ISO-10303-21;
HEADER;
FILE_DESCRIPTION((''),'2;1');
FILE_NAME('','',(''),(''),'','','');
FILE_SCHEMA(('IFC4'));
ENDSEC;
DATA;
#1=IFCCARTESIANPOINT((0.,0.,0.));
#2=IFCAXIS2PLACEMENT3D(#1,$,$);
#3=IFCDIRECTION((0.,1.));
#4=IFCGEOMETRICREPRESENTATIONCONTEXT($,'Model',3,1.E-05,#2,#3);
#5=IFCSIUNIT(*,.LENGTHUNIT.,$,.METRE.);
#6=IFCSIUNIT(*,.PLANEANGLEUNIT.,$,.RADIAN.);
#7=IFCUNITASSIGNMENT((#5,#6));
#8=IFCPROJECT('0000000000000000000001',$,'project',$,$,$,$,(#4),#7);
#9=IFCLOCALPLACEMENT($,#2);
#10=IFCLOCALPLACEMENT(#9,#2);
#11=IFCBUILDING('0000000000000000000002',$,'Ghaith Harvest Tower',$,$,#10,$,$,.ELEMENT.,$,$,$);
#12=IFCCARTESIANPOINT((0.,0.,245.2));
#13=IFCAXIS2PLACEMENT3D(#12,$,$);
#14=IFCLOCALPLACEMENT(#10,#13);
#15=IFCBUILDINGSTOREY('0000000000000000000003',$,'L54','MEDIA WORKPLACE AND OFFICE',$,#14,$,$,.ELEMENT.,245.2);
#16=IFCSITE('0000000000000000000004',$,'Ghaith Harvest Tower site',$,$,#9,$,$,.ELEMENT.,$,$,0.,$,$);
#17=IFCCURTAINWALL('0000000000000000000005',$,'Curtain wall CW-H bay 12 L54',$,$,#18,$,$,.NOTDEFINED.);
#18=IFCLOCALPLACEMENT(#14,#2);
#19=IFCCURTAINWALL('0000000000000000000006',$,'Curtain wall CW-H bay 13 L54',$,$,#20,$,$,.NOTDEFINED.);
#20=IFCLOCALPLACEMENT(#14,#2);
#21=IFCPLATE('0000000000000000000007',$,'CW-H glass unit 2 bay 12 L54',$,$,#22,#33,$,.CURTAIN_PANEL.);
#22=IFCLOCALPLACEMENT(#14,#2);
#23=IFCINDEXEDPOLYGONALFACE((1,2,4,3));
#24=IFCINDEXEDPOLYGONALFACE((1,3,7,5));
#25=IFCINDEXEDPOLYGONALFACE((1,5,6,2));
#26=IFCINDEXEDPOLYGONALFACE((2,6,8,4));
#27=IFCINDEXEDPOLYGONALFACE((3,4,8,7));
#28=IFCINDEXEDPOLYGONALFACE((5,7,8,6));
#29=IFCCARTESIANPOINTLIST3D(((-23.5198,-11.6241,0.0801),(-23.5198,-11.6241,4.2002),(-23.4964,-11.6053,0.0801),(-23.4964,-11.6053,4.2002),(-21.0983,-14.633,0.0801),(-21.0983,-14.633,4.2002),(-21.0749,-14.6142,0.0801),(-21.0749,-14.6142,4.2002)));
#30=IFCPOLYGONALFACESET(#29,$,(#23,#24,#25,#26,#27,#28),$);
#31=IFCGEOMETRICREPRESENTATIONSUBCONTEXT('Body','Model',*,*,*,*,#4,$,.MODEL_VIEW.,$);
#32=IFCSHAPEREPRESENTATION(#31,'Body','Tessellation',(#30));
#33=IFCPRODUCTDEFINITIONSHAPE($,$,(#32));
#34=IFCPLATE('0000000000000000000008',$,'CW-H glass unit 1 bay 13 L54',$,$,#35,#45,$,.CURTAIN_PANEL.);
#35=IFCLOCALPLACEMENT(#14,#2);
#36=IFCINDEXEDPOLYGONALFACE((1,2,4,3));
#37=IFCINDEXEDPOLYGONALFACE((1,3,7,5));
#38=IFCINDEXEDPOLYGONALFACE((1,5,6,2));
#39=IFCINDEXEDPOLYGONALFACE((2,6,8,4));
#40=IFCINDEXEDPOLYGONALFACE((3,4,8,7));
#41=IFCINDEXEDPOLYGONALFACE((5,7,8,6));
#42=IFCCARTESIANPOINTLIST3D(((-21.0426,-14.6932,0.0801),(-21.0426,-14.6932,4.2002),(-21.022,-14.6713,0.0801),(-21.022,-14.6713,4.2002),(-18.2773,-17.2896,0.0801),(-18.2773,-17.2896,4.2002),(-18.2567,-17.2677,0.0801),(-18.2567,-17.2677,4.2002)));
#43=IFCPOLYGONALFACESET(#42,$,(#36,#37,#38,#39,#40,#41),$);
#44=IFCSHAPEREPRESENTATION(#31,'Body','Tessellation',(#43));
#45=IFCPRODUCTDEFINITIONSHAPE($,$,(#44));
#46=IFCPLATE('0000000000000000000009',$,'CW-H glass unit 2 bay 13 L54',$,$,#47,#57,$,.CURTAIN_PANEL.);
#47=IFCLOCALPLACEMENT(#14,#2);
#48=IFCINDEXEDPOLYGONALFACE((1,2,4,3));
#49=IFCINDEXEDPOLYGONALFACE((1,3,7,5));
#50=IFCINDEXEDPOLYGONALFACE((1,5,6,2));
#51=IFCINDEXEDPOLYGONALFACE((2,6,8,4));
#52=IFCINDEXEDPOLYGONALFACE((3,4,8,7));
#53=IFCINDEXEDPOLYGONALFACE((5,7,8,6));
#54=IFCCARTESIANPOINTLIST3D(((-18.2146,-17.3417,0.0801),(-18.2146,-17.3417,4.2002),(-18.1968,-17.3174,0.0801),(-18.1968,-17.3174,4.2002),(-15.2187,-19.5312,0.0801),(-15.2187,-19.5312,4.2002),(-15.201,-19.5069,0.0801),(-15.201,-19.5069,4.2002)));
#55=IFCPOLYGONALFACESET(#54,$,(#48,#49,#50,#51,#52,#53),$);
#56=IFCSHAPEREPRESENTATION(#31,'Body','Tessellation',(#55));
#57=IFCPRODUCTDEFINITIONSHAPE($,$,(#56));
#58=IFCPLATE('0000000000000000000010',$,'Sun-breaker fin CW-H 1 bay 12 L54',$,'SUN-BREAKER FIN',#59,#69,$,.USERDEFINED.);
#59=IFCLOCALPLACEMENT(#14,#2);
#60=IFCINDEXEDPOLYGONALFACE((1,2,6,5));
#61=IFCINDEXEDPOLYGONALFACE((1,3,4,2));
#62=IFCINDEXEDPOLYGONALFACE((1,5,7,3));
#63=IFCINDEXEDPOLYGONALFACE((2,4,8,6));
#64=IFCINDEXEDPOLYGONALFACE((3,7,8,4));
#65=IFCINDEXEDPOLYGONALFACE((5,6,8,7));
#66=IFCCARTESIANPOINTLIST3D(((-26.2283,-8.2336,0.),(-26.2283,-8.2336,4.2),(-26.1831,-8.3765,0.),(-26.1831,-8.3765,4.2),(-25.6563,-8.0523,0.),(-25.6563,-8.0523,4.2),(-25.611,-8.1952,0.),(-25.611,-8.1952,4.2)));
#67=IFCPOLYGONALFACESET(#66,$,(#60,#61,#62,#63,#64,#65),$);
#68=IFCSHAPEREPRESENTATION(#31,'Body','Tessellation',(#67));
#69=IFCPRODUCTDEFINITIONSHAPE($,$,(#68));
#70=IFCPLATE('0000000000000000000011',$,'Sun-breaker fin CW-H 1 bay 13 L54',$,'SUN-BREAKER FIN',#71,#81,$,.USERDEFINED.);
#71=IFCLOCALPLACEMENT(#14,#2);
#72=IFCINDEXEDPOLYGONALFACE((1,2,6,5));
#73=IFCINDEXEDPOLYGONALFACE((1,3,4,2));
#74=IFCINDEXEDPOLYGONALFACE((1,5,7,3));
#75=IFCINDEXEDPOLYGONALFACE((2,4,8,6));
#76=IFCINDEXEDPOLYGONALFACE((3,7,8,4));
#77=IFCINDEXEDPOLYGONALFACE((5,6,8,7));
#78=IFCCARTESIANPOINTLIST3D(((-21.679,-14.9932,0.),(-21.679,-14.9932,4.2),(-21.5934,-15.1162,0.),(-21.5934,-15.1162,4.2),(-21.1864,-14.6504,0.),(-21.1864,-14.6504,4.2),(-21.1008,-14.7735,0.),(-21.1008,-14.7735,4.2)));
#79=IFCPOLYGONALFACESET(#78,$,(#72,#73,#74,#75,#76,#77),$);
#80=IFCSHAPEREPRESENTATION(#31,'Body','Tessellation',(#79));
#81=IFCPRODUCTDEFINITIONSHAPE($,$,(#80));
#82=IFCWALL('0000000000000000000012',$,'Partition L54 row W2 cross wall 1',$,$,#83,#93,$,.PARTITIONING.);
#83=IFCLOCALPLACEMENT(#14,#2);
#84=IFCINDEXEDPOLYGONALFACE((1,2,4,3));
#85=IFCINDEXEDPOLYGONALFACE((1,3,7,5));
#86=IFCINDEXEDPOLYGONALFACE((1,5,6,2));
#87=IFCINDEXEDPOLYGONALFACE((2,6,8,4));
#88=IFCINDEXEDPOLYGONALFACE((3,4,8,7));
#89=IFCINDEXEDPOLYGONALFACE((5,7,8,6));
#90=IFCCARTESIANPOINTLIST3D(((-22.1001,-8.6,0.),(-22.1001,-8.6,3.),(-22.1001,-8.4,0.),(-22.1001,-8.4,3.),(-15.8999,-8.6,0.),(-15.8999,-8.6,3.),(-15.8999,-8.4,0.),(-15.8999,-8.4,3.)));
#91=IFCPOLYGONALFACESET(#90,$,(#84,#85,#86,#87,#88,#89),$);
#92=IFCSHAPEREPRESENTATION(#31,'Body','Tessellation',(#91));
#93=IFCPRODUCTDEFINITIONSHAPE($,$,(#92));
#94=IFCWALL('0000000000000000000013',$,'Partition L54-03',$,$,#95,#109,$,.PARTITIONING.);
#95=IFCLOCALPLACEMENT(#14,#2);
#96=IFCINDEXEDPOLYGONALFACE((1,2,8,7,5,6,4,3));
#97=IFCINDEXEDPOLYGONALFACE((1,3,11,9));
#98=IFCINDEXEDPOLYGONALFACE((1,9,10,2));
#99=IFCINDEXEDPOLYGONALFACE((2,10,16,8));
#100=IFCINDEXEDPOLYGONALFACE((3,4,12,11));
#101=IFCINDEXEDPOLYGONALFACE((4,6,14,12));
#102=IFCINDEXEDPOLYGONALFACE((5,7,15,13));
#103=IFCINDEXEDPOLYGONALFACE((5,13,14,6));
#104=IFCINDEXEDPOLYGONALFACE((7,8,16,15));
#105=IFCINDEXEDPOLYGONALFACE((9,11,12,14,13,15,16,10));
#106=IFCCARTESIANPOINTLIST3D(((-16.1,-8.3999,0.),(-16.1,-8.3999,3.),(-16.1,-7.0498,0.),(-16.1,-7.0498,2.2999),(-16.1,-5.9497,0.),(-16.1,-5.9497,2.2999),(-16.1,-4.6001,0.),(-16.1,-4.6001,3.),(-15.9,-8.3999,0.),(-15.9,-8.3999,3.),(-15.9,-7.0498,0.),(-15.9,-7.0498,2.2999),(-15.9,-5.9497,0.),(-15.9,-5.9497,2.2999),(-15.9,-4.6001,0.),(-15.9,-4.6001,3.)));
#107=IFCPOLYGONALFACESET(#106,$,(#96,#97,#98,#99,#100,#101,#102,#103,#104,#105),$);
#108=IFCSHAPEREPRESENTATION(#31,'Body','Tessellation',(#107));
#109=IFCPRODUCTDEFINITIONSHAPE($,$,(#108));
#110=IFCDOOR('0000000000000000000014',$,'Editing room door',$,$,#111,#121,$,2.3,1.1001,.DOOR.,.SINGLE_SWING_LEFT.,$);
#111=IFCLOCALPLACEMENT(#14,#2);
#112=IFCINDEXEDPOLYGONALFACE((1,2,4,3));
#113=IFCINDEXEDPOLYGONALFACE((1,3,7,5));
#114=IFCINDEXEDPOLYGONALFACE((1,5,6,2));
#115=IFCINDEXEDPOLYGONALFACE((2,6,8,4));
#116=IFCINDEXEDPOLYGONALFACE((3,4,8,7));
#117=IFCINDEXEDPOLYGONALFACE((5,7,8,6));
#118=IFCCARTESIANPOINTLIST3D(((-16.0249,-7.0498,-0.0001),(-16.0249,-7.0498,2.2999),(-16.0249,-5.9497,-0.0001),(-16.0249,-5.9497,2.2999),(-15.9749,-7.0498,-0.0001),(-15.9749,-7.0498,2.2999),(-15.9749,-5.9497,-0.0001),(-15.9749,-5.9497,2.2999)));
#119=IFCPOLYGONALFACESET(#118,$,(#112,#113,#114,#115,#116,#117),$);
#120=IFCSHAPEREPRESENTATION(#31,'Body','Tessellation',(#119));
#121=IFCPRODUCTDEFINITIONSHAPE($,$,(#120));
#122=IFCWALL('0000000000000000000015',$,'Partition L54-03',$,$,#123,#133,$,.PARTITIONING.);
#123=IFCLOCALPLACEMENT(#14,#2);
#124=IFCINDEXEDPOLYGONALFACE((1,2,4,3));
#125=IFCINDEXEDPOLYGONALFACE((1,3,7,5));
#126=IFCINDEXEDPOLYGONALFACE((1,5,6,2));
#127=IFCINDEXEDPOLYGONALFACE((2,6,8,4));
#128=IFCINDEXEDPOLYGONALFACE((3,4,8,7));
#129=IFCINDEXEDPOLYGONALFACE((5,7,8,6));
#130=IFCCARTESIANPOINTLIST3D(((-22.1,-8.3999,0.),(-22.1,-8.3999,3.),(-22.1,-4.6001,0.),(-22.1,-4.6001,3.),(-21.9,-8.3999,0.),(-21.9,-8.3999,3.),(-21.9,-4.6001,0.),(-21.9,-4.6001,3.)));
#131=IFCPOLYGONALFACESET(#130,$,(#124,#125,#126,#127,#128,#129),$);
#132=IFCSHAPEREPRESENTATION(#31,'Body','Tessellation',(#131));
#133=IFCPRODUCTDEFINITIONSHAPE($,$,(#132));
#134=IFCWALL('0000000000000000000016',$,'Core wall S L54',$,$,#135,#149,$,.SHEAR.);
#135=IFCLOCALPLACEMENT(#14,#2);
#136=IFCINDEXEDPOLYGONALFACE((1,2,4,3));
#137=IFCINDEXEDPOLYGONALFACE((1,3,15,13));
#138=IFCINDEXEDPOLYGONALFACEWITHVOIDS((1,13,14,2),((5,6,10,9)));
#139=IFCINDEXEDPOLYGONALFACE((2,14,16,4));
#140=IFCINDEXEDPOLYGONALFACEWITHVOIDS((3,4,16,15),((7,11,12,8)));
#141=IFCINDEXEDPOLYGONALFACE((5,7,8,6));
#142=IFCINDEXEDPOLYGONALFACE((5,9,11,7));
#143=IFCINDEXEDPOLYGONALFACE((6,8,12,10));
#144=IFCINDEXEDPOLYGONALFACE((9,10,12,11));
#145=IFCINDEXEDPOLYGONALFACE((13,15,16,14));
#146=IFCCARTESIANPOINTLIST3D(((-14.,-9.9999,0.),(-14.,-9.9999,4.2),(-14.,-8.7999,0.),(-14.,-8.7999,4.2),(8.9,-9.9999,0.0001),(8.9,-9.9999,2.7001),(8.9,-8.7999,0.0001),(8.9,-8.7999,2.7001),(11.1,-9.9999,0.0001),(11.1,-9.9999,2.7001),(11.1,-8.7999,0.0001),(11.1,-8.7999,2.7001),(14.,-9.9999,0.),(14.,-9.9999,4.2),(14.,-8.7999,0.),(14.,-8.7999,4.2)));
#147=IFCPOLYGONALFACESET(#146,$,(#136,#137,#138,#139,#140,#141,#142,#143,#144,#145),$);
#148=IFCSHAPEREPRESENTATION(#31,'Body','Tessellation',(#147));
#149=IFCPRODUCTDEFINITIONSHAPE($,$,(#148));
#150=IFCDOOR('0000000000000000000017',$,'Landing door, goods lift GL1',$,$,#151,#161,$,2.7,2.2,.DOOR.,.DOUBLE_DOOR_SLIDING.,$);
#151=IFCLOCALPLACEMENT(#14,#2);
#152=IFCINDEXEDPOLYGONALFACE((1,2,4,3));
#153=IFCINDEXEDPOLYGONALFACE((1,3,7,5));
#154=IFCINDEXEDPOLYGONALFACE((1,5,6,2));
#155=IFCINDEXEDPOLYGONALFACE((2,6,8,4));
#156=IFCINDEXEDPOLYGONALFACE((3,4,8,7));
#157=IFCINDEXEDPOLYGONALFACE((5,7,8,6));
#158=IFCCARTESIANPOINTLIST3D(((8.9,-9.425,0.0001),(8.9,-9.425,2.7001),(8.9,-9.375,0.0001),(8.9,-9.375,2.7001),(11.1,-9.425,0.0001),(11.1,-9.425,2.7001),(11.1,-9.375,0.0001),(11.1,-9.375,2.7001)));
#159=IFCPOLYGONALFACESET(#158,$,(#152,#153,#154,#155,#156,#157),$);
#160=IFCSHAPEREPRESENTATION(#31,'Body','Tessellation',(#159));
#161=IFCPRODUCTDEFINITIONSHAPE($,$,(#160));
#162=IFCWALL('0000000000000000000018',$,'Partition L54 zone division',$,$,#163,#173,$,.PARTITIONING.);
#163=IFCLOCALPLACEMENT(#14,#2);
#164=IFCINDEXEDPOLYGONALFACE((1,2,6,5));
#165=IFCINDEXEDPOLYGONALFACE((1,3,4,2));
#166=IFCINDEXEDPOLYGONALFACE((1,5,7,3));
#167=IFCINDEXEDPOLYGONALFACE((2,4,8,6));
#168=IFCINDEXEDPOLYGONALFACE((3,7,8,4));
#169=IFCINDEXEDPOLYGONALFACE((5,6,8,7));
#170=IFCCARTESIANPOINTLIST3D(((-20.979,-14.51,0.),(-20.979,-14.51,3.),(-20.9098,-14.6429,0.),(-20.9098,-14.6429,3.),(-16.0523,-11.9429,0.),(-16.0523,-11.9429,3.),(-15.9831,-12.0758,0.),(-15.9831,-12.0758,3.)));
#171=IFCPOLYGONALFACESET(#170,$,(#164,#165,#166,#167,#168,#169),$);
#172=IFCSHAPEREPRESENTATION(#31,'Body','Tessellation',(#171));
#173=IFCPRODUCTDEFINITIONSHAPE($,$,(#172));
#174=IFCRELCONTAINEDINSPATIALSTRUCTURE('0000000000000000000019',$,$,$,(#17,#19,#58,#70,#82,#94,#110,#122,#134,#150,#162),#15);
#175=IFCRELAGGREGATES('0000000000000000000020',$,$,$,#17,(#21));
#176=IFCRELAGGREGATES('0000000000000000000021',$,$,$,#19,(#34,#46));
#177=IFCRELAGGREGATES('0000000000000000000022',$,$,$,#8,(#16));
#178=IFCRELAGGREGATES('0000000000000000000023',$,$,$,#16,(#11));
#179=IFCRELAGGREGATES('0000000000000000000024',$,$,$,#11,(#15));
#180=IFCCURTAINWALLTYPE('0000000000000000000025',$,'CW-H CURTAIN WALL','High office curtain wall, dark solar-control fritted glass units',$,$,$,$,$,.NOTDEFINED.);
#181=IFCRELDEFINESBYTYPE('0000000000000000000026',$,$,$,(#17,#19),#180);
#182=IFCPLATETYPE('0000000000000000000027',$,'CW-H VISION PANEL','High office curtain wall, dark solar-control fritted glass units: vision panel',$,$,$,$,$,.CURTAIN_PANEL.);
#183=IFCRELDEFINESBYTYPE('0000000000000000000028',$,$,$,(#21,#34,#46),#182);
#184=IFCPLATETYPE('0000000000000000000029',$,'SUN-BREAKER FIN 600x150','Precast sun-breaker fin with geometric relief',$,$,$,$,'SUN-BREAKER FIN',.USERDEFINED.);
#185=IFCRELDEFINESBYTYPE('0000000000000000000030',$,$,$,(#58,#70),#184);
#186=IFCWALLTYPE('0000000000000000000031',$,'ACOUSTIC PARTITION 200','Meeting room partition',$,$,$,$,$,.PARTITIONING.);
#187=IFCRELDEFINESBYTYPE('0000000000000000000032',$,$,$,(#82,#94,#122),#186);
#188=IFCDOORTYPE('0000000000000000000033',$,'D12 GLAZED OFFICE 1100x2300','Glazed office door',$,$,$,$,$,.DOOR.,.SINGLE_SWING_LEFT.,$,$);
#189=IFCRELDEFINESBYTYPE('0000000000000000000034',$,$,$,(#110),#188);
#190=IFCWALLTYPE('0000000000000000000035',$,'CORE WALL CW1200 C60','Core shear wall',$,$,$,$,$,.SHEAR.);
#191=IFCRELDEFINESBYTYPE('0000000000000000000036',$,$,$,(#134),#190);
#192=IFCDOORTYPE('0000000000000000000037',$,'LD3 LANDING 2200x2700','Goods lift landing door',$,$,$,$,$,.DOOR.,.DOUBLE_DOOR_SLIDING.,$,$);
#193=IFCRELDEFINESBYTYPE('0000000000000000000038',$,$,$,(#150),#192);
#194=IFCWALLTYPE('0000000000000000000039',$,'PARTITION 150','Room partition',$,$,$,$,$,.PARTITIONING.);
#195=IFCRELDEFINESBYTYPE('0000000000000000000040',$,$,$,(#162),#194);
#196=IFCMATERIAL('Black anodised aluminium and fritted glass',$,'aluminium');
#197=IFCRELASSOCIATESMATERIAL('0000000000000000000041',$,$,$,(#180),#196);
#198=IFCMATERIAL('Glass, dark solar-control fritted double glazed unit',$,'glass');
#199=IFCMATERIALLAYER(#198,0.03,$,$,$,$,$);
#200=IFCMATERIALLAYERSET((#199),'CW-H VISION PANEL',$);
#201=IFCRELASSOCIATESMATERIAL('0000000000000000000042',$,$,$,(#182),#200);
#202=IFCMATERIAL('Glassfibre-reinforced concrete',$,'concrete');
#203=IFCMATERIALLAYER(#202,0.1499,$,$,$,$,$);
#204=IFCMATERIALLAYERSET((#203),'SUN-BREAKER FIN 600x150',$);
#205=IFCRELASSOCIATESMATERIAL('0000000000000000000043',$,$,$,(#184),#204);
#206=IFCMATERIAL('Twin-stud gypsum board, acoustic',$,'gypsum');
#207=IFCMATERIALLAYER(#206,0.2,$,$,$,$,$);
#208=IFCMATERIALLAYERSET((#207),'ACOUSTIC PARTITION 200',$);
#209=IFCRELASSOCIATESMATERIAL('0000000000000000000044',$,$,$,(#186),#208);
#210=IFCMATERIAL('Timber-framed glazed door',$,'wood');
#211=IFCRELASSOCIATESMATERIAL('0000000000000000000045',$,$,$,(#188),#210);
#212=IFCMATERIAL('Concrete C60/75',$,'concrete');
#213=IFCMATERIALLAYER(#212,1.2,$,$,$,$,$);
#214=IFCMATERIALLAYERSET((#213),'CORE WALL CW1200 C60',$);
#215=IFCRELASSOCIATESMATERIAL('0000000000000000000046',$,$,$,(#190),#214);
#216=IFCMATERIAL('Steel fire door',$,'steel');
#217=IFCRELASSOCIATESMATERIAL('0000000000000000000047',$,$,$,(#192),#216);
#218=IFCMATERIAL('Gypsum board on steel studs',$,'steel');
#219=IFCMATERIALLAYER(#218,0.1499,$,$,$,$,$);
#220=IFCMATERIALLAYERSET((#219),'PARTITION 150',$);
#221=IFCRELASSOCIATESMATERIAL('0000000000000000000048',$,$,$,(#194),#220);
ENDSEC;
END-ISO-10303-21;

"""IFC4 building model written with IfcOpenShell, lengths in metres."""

from ifc_helpers import new_model, si_unit, direction, frame, frame_2d, origin, origin_2d, place, context, subcontext, project, spatial, rectangle, extrude, material, layer, layer_set, type_object, element, fill, aggregate, save


model = new_model("IFC4")

# Units and contexts
model_context = context("Model", 3, precision=1e-05, world=origin(), true_north=direction((0.0, 1.0)))
body_context = subcontext(model_context, "Body", "Model", "MODEL_VIEW")
ifc_project = project(units=[si_unit("LENGTHUNIT", "METRE"), si_unit("PLANEANGLEUNIT", "RADIAN")], contexts=[model_context])

# Site, building, storey
site_placement = place(None, origin())
site = spatial("IfcSite", under=ifc_project, at=site_placement, Name="Ghaith Harvest Tower site", CompositionType="ELEMENT", RefElevation=0.0)
building_placement = place(site_placement, origin())
building = spatial("IfcBuilding", under=site, at=building_placement, Name="Ghaith Harvest Tower", CompositionType="ELEMENT")
storey_placement = place(building_placement, frame((0.0, 0.0, 245.2)))
storey = spatial("IfcBuildingStorey", under=building, at=storey_placement, Name="L54", Description="MEDIA WORKPLACE AND OFFICE", CompositionType="ELEMENT", Elevation=245.2)

# Curtain walls
ifc_material_1 = material(Name="Black anodised aluminium and fritted glass", Category="aluminium")
curtain_wall_type = type_object("IfcCurtainWallType", Name="CW-H CURTAIN WALL", Description="High office curtain wall, dark solar-control fritted glass units", PredefinedType="NOTDEFINED", material=ifc_material_1)
curtain_wall_1_placement = place(storey_placement, origin())
curtain_wall_1 = element("IfcCurtainWall", 1, at=curtain_wall_1_placement, inside=storey, type_object=curtain_wall_type, Name="Curtain wall CW-H bay 12 L54", PredefinedType="NOTDEFINED")
curtain_wall_2_placement = place(storey_placement, origin())
curtain_wall_2 = element("IfcCurtainWall", 2, at=curtain_wall_2_placement, inside=storey, type_object=curtain_wall_type, Name="Curtain wall CW-H bay 13 L54", PredefinedType="NOTDEFINED")

# Plates
ifc_material_2 = material(Name="Glass, dark solar-control fritted double glazed unit", Category="glass")
ifc_layer_1 = layer(ifc_material_2, 0.03)
ifc_layer_set_1 = layer_set([ifc_layer_1], Name="CW-H VISION PANEL")
plate_type_1 = type_object("IfcPlateType", Name="CW-H VISION PANEL", Description="High office curtain wall, dark solar-control fritted glass units: vision panel", PredefinedType="CURTAIN_PANEL", material=ifc_layer_set_1)
plate_1_placement = place(storey_placement, frame((-22.2974, -13.1191, 0.0801), z_axis=(0.0, 0.0, 1.0), x_axis=(0.626957, -0.779054, 0.0)))
plate_1 = element("IfcPlate", 3, at=plate_1_placement, type_object=plate_type_1, Name="CW-H glass unit 2 bay 12 L54", PredefinedType="CURTAIN_PANEL", context=body_context, shape_type="SweptSolid", body=[
    extrude(rectangle(XDim=3.8623, YDim=0.03, at=origin_2d()), origin(), (0.0, 0.0, 1.0), 4.1201),
])
aggregate(curtain_wall_1, [plate_1])
plate_2_placement = place(storey_placement, frame((-19.6497, -15.9805, 0.0801), z_axis=(0.0, 0.0, 1.0), x_axis=(0.729017, -0.684496, 0.0)))
plate_2 = element("IfcPlate", 4, at=plate_2_placement, type_object=plate_type_1, Name="CW-H glass unit 1 bay 13 L54", PredefinedType="CURTAIN_PANEL", context=body_context, shape_type="SweptSolid", body=[
    extrude(rectangle(XDim=3.7932, YDim=0.03, at=origin_2d()), origin(), (0.0, 0.0, 1.0), 4.1201),
])
plate_3_placement = place(storey_placement, frame((-16.7078, -18.4243, 0.0801), z_axis=(0.0, 0.0, 1.0), x_axis=(0.807364, -0.590054, 0.0)))
plate_3 = element("IfcPlate", 5, at=plate_3_placement, type_object=plate_type_1, Name="CW-H glass unit 2 bay 13 L54", PredefinedType="CURTAIN_PANEL", context=body_context, shape_type="SweptSolid", body=[
    extrude(rectangle(XDim=3.7107, YDim=0.03, at=origin_2d()), origin(), (0.0, 0.0, 1.0), 4.1201),
])
aggregate(curtain_wall_2, [plate_2, plate_3])

# Plates
ifc_material_3 = material(Name="Glassfibre-reinforced concrete", Category="concrete")
ifc_layer_2 = layer(ifc_material_3, 0.1499)
ifc_layer_set_2 = layer_set([ifc_layer_2], Name="SUN-BREAKER FIN 600x150")
plate_type_2 = type_object("IfcPlateType", Name="SUN-BREAKER FIN 600x150", Description="Precast sun-breaker fin with geometric relief", ElementType="SUN-BREAKER FIN", PredefinedType="USERDEFINED", material=ifc_layer_set_2)
for number, where, z_axis, x_axis, name in (
    (6, (-25.9197, -8.2144, 0.0), (0.0, 0.0, 1.0), (-0.953273, -0.30211, 0.0), "Sun-breaker fin CW-H 1 bay 12 L54"),
    (7, (-21.3899, -14.8833, 0.0), (0.0, 0.0, 1.0), (-0.820845, -0.57115, 0.0), "Sun-breaker fin CW-H 1 bay 13 L54"),
):
    element("IfcPlate", number, at=place(storey_placement, frame(where, z_axis=z_axis, x_axis=x_axis)), inside=storey, type_object=plate_type_2, Name=name, ObjectType="SUN-BREAKER FIN", PredefinedType="USERDEFINED", context=body_context, shape_type="SweptSolid", body=[
        extrude(rectangle(XDim=0.6001, YDim=0.1499, at=origin_2d()), origin(), (0.0, 0.0, 1.0), 4.2),
    ])

# Wall
ifc_material_4 = material(Name="Twin-stud gypsum board, acoustic", Category="gypsum")
ifc_layer_3 = layer(ifc_material_4, 0.2)
ifc_layer_set_3 = layer_set([ifc_layer_3], Name="ACOUSTIC PARTITION 200")
wall_type_1 = type_object("IfcWallType", Name="ACOUSTIC PARTITION 200", Description="Meeting room partition", PredefinedType="PARTITIONING", material=ifc_layer_set_3)
wall_1_placement = place(storey_placement, frame((-15.8999, -8.5, 0.0), z_axis=(0.0, 0.0, 1.0), x_axis=(-1.0, 0.0, 0.0)))
element("IfcWall", 8, at=wall_1_placement, inside=storey, type_object=wall_type_1, Name="Partition L54 row W2 cross wall 1", PredefinedType="PARTITIONING", context=body_context, shape_type="SweptSolid", body=[
    extrude(rectangle(XDim=6.2002, YDim=0.2, at=frame_2d((3.1001, 0.0))), origin(), (0.0, 0.0, 1.0), 3.0),
])

# Wall, opening, door
wall_2_placement = place(storey_placement, frame((-16.0, -8.3999, 0.0), z_axis=(0.0, 0.0, 1.0), x_axis=(0.0, 1.0, 0.0)))
wall_2 = element("IfcWall", 9, at=wall_2_placement, inside=storey, type_object=wall_type_1, Name="Partition L54-03", PredefinedType="PARTITIONING", context=body_context, shape_type="SweptSolid", body=[
    extrude(rectangle(XDim=3.7998, YDim=0.2, at=frame_2d((1.8999, 0.0))), origin(), (0.0, 0.0, 1.0), 3.0),
])
opening_1_placement = place(wall_2_placement, frame((1.3501, 0.0, 0.0)))
opening_1 = element("IfcOpeningElement", 10, at=opening_1_placement, cuts=wall_2, PredefinedType="OPENING", context=body_context, shape_type="SweptSolid", body=[
    extrude(rectangle(XDim=1.1001, YDim=2.3, at=frame_2d((0.55, 1.1499))), frame((0.0, 0.1099, 0.0), z_axis=(0.0, -1.0, 0.0), x_axis=(1.0, 0.0, 0.0)), (0.0, 0.0, 1.0), 0.22),
])
ifc_material_5 = material(Name="Timber-framed glazed door", Category="wood")
door_type_1 = type_object("IfcDoorType", Name="D12 GLAZED OFFICE 1100x2300", Description="Glazed office door", OperationType="SINGLE_SWING_LEFT", PredefinedType="DOOR", material=ifc_material_5)
door_1_placement = place(opening_1_placement, origin())
door_1 = element("IfcDoor", 11, at=door_1_placement, inside=storey, type_object=door_type_1, Name="Editing room door", OperationType="SINGLE_SWING_LEFT", OverallHeight=2.3, OverallWidth=1.1001, PredefinedType="DOOR", context=body_context, shape_type="SweptSolid", body=[
    extrude(rectangle(XDim=1.1001, YDim=2.3, at=frame_2d((0.55, 1.1499))), frame((0.0, 0.0249, 0.0), z_axis=(0.0, -1.0, 0.0), x_axis=(1.0, 0.0, 0.0)), (0.0, 0.0, 1.0), 0.05),
])
fill(opening_1, door_1)

# Wall
wall_3_placement = place(storey_placement, frame((-22.0, -8.3999, 0.0), z_axis=(0.0, 0.0, 1.0), x_axis=(0.0, 1.0, 0.0)))
element("IfcWall", 12, at=wall_3_placement, inside=storey, type_object=wall_type_1, Name="Partition L54-03", PredefinedType="PARTITIONING", context=body_context, shape_type="SweptSolid", body=[
    extrude(rectangle(XDim=3.7998, YDim=0.2, at=frame_2d((1.8999, 0.0))), origin(), (0.0, 0.0, 1.0), 3.0),
])

# Wall, opening, door
ifc_material_6 = material(Name="Concrete C60/75", Category="concrete")
ifc_layer_4 = layer(ifc_material_6, 1.2)
ifc_layer_set_4 = layer_set([ifc_layer_4], Name="CORE WALL CW1200 C60")
wall_type_2 = type_object("IfcWallType", Name="CORE WALL CW1200 C60", Description="Core shear wall", PredefinedType="SHEAR", material=ifc_layer_set_4)
wall_4_placement = place(storey_placement, frame((-14.0, -9.3999, 0.0), z_axis=(0.0, 0.0, 1.0), x_axis=(1.0, 0.0, 0.0)))
wall_4 = element("IfcWall", 13, at=wall_4_placement, inside=storey, type_object=wall_type_2, Name="Core wall S L54", PredefinedType="SHEAR", context=body_context, shape_type="SweptSolid", body=[
    extrude(rectangle(XDim=28.0, YDim=1.2, at=frame_2d((14.0, 0.0))), origin(), (0.0, 0.0, 1.0), 4.2),
])
opening_2_placement = place(wall_4_placement, frame((22.8999, 0.0, 0.0)))
opening_2 = element("IfcOpeningElement", 14, at=opening_2_placement, cuts=wall_4, PredefinedType="OPENING", context=body_context, shape_type="SweptSolid", body=[
    extrude(rectangle(XDim=2.2, YDim=2.7, at=frame_2d((1.1001, 1.3501))), frame((0.0, 0.6099, 0.0), z_axis=(0.0, -1.0, 0.0), x_axis=(1.0, 0.0, 0.0)), (0.0, 0.0, 1.0), 1.22),
])
ifc_material_7 = material(Name="Steel fire door", Category="steel")
door_type_2 = type_object("IfcDoorType", Name="LD3 LANDING 2200x2700", Description="Goods lift landing door", OperationType="DOUBLE_DOOR_SLIDING", PredefinedType="DOOR", material=ifc_material_7)
door_2_placement = place(opening_2_placement, origin())
door_2 = element("IfcDoor", 15, at=door_2_placement, inside=storey, type_object=door_type_2, Name="Landing door, goods lift GL1", OperationType="DOUBLE_DOOR_SLIDING", OverallHeight=2.7, OverallWidth=2.2, PredefinedType="DOOR", context=body_context, shape_type="SweptSolid", body=[
    extrude(rectangle(XDim=2.2, YDim=2.7, at=frame_2d((1.1001, 1.3501))), frame((0.0, 0.0249, 0.0), z_axis=(0.0, -1.0, 0.0), x_axis=(1.0, 0.0, 0.0)), (0.0, 0.0, 1.0), 0.05),
])
fill(opening_2, door_2)

# Wall
ifc_material_8 = material(Name="Gypsum board on steel studs", Category="steel")
ifc_layer_5 = layer(ifc_material_8, 0.1499)
ifc_layer_set_5 = layer_set([ifc_layer_5], Name="PARTITION 150")
wall_type_3 = type_object("IfcWallType", Name="PARTITION 150", Description="Room partition", PredefinedType="PARTITIONING", material=ifc_layer_set_5)
wall_5_placement = place(storey_placement, frame((-16.0176, -12.0093, 0.0), z_axis=(0.0, 0.0, 1.0), x_axis=(-0.886832, -0.462093, 0.0)))
element("IfcWall", 16, at=wall_5_placement, inside=storey, type_object=wall_type_3, Name="Partition L54 zone division", PredefinedType="PARTITIONING", context=body_context, shape_type="SweptSolid", body=[
    extrude(rectangle(XDim=5.5554, YDim=0.1499, at=frame_2d((2.7778, 0.0))), origin(), (0.0, 0.0, 1.0), 3.0),
])

save(model, "model.ifc")
